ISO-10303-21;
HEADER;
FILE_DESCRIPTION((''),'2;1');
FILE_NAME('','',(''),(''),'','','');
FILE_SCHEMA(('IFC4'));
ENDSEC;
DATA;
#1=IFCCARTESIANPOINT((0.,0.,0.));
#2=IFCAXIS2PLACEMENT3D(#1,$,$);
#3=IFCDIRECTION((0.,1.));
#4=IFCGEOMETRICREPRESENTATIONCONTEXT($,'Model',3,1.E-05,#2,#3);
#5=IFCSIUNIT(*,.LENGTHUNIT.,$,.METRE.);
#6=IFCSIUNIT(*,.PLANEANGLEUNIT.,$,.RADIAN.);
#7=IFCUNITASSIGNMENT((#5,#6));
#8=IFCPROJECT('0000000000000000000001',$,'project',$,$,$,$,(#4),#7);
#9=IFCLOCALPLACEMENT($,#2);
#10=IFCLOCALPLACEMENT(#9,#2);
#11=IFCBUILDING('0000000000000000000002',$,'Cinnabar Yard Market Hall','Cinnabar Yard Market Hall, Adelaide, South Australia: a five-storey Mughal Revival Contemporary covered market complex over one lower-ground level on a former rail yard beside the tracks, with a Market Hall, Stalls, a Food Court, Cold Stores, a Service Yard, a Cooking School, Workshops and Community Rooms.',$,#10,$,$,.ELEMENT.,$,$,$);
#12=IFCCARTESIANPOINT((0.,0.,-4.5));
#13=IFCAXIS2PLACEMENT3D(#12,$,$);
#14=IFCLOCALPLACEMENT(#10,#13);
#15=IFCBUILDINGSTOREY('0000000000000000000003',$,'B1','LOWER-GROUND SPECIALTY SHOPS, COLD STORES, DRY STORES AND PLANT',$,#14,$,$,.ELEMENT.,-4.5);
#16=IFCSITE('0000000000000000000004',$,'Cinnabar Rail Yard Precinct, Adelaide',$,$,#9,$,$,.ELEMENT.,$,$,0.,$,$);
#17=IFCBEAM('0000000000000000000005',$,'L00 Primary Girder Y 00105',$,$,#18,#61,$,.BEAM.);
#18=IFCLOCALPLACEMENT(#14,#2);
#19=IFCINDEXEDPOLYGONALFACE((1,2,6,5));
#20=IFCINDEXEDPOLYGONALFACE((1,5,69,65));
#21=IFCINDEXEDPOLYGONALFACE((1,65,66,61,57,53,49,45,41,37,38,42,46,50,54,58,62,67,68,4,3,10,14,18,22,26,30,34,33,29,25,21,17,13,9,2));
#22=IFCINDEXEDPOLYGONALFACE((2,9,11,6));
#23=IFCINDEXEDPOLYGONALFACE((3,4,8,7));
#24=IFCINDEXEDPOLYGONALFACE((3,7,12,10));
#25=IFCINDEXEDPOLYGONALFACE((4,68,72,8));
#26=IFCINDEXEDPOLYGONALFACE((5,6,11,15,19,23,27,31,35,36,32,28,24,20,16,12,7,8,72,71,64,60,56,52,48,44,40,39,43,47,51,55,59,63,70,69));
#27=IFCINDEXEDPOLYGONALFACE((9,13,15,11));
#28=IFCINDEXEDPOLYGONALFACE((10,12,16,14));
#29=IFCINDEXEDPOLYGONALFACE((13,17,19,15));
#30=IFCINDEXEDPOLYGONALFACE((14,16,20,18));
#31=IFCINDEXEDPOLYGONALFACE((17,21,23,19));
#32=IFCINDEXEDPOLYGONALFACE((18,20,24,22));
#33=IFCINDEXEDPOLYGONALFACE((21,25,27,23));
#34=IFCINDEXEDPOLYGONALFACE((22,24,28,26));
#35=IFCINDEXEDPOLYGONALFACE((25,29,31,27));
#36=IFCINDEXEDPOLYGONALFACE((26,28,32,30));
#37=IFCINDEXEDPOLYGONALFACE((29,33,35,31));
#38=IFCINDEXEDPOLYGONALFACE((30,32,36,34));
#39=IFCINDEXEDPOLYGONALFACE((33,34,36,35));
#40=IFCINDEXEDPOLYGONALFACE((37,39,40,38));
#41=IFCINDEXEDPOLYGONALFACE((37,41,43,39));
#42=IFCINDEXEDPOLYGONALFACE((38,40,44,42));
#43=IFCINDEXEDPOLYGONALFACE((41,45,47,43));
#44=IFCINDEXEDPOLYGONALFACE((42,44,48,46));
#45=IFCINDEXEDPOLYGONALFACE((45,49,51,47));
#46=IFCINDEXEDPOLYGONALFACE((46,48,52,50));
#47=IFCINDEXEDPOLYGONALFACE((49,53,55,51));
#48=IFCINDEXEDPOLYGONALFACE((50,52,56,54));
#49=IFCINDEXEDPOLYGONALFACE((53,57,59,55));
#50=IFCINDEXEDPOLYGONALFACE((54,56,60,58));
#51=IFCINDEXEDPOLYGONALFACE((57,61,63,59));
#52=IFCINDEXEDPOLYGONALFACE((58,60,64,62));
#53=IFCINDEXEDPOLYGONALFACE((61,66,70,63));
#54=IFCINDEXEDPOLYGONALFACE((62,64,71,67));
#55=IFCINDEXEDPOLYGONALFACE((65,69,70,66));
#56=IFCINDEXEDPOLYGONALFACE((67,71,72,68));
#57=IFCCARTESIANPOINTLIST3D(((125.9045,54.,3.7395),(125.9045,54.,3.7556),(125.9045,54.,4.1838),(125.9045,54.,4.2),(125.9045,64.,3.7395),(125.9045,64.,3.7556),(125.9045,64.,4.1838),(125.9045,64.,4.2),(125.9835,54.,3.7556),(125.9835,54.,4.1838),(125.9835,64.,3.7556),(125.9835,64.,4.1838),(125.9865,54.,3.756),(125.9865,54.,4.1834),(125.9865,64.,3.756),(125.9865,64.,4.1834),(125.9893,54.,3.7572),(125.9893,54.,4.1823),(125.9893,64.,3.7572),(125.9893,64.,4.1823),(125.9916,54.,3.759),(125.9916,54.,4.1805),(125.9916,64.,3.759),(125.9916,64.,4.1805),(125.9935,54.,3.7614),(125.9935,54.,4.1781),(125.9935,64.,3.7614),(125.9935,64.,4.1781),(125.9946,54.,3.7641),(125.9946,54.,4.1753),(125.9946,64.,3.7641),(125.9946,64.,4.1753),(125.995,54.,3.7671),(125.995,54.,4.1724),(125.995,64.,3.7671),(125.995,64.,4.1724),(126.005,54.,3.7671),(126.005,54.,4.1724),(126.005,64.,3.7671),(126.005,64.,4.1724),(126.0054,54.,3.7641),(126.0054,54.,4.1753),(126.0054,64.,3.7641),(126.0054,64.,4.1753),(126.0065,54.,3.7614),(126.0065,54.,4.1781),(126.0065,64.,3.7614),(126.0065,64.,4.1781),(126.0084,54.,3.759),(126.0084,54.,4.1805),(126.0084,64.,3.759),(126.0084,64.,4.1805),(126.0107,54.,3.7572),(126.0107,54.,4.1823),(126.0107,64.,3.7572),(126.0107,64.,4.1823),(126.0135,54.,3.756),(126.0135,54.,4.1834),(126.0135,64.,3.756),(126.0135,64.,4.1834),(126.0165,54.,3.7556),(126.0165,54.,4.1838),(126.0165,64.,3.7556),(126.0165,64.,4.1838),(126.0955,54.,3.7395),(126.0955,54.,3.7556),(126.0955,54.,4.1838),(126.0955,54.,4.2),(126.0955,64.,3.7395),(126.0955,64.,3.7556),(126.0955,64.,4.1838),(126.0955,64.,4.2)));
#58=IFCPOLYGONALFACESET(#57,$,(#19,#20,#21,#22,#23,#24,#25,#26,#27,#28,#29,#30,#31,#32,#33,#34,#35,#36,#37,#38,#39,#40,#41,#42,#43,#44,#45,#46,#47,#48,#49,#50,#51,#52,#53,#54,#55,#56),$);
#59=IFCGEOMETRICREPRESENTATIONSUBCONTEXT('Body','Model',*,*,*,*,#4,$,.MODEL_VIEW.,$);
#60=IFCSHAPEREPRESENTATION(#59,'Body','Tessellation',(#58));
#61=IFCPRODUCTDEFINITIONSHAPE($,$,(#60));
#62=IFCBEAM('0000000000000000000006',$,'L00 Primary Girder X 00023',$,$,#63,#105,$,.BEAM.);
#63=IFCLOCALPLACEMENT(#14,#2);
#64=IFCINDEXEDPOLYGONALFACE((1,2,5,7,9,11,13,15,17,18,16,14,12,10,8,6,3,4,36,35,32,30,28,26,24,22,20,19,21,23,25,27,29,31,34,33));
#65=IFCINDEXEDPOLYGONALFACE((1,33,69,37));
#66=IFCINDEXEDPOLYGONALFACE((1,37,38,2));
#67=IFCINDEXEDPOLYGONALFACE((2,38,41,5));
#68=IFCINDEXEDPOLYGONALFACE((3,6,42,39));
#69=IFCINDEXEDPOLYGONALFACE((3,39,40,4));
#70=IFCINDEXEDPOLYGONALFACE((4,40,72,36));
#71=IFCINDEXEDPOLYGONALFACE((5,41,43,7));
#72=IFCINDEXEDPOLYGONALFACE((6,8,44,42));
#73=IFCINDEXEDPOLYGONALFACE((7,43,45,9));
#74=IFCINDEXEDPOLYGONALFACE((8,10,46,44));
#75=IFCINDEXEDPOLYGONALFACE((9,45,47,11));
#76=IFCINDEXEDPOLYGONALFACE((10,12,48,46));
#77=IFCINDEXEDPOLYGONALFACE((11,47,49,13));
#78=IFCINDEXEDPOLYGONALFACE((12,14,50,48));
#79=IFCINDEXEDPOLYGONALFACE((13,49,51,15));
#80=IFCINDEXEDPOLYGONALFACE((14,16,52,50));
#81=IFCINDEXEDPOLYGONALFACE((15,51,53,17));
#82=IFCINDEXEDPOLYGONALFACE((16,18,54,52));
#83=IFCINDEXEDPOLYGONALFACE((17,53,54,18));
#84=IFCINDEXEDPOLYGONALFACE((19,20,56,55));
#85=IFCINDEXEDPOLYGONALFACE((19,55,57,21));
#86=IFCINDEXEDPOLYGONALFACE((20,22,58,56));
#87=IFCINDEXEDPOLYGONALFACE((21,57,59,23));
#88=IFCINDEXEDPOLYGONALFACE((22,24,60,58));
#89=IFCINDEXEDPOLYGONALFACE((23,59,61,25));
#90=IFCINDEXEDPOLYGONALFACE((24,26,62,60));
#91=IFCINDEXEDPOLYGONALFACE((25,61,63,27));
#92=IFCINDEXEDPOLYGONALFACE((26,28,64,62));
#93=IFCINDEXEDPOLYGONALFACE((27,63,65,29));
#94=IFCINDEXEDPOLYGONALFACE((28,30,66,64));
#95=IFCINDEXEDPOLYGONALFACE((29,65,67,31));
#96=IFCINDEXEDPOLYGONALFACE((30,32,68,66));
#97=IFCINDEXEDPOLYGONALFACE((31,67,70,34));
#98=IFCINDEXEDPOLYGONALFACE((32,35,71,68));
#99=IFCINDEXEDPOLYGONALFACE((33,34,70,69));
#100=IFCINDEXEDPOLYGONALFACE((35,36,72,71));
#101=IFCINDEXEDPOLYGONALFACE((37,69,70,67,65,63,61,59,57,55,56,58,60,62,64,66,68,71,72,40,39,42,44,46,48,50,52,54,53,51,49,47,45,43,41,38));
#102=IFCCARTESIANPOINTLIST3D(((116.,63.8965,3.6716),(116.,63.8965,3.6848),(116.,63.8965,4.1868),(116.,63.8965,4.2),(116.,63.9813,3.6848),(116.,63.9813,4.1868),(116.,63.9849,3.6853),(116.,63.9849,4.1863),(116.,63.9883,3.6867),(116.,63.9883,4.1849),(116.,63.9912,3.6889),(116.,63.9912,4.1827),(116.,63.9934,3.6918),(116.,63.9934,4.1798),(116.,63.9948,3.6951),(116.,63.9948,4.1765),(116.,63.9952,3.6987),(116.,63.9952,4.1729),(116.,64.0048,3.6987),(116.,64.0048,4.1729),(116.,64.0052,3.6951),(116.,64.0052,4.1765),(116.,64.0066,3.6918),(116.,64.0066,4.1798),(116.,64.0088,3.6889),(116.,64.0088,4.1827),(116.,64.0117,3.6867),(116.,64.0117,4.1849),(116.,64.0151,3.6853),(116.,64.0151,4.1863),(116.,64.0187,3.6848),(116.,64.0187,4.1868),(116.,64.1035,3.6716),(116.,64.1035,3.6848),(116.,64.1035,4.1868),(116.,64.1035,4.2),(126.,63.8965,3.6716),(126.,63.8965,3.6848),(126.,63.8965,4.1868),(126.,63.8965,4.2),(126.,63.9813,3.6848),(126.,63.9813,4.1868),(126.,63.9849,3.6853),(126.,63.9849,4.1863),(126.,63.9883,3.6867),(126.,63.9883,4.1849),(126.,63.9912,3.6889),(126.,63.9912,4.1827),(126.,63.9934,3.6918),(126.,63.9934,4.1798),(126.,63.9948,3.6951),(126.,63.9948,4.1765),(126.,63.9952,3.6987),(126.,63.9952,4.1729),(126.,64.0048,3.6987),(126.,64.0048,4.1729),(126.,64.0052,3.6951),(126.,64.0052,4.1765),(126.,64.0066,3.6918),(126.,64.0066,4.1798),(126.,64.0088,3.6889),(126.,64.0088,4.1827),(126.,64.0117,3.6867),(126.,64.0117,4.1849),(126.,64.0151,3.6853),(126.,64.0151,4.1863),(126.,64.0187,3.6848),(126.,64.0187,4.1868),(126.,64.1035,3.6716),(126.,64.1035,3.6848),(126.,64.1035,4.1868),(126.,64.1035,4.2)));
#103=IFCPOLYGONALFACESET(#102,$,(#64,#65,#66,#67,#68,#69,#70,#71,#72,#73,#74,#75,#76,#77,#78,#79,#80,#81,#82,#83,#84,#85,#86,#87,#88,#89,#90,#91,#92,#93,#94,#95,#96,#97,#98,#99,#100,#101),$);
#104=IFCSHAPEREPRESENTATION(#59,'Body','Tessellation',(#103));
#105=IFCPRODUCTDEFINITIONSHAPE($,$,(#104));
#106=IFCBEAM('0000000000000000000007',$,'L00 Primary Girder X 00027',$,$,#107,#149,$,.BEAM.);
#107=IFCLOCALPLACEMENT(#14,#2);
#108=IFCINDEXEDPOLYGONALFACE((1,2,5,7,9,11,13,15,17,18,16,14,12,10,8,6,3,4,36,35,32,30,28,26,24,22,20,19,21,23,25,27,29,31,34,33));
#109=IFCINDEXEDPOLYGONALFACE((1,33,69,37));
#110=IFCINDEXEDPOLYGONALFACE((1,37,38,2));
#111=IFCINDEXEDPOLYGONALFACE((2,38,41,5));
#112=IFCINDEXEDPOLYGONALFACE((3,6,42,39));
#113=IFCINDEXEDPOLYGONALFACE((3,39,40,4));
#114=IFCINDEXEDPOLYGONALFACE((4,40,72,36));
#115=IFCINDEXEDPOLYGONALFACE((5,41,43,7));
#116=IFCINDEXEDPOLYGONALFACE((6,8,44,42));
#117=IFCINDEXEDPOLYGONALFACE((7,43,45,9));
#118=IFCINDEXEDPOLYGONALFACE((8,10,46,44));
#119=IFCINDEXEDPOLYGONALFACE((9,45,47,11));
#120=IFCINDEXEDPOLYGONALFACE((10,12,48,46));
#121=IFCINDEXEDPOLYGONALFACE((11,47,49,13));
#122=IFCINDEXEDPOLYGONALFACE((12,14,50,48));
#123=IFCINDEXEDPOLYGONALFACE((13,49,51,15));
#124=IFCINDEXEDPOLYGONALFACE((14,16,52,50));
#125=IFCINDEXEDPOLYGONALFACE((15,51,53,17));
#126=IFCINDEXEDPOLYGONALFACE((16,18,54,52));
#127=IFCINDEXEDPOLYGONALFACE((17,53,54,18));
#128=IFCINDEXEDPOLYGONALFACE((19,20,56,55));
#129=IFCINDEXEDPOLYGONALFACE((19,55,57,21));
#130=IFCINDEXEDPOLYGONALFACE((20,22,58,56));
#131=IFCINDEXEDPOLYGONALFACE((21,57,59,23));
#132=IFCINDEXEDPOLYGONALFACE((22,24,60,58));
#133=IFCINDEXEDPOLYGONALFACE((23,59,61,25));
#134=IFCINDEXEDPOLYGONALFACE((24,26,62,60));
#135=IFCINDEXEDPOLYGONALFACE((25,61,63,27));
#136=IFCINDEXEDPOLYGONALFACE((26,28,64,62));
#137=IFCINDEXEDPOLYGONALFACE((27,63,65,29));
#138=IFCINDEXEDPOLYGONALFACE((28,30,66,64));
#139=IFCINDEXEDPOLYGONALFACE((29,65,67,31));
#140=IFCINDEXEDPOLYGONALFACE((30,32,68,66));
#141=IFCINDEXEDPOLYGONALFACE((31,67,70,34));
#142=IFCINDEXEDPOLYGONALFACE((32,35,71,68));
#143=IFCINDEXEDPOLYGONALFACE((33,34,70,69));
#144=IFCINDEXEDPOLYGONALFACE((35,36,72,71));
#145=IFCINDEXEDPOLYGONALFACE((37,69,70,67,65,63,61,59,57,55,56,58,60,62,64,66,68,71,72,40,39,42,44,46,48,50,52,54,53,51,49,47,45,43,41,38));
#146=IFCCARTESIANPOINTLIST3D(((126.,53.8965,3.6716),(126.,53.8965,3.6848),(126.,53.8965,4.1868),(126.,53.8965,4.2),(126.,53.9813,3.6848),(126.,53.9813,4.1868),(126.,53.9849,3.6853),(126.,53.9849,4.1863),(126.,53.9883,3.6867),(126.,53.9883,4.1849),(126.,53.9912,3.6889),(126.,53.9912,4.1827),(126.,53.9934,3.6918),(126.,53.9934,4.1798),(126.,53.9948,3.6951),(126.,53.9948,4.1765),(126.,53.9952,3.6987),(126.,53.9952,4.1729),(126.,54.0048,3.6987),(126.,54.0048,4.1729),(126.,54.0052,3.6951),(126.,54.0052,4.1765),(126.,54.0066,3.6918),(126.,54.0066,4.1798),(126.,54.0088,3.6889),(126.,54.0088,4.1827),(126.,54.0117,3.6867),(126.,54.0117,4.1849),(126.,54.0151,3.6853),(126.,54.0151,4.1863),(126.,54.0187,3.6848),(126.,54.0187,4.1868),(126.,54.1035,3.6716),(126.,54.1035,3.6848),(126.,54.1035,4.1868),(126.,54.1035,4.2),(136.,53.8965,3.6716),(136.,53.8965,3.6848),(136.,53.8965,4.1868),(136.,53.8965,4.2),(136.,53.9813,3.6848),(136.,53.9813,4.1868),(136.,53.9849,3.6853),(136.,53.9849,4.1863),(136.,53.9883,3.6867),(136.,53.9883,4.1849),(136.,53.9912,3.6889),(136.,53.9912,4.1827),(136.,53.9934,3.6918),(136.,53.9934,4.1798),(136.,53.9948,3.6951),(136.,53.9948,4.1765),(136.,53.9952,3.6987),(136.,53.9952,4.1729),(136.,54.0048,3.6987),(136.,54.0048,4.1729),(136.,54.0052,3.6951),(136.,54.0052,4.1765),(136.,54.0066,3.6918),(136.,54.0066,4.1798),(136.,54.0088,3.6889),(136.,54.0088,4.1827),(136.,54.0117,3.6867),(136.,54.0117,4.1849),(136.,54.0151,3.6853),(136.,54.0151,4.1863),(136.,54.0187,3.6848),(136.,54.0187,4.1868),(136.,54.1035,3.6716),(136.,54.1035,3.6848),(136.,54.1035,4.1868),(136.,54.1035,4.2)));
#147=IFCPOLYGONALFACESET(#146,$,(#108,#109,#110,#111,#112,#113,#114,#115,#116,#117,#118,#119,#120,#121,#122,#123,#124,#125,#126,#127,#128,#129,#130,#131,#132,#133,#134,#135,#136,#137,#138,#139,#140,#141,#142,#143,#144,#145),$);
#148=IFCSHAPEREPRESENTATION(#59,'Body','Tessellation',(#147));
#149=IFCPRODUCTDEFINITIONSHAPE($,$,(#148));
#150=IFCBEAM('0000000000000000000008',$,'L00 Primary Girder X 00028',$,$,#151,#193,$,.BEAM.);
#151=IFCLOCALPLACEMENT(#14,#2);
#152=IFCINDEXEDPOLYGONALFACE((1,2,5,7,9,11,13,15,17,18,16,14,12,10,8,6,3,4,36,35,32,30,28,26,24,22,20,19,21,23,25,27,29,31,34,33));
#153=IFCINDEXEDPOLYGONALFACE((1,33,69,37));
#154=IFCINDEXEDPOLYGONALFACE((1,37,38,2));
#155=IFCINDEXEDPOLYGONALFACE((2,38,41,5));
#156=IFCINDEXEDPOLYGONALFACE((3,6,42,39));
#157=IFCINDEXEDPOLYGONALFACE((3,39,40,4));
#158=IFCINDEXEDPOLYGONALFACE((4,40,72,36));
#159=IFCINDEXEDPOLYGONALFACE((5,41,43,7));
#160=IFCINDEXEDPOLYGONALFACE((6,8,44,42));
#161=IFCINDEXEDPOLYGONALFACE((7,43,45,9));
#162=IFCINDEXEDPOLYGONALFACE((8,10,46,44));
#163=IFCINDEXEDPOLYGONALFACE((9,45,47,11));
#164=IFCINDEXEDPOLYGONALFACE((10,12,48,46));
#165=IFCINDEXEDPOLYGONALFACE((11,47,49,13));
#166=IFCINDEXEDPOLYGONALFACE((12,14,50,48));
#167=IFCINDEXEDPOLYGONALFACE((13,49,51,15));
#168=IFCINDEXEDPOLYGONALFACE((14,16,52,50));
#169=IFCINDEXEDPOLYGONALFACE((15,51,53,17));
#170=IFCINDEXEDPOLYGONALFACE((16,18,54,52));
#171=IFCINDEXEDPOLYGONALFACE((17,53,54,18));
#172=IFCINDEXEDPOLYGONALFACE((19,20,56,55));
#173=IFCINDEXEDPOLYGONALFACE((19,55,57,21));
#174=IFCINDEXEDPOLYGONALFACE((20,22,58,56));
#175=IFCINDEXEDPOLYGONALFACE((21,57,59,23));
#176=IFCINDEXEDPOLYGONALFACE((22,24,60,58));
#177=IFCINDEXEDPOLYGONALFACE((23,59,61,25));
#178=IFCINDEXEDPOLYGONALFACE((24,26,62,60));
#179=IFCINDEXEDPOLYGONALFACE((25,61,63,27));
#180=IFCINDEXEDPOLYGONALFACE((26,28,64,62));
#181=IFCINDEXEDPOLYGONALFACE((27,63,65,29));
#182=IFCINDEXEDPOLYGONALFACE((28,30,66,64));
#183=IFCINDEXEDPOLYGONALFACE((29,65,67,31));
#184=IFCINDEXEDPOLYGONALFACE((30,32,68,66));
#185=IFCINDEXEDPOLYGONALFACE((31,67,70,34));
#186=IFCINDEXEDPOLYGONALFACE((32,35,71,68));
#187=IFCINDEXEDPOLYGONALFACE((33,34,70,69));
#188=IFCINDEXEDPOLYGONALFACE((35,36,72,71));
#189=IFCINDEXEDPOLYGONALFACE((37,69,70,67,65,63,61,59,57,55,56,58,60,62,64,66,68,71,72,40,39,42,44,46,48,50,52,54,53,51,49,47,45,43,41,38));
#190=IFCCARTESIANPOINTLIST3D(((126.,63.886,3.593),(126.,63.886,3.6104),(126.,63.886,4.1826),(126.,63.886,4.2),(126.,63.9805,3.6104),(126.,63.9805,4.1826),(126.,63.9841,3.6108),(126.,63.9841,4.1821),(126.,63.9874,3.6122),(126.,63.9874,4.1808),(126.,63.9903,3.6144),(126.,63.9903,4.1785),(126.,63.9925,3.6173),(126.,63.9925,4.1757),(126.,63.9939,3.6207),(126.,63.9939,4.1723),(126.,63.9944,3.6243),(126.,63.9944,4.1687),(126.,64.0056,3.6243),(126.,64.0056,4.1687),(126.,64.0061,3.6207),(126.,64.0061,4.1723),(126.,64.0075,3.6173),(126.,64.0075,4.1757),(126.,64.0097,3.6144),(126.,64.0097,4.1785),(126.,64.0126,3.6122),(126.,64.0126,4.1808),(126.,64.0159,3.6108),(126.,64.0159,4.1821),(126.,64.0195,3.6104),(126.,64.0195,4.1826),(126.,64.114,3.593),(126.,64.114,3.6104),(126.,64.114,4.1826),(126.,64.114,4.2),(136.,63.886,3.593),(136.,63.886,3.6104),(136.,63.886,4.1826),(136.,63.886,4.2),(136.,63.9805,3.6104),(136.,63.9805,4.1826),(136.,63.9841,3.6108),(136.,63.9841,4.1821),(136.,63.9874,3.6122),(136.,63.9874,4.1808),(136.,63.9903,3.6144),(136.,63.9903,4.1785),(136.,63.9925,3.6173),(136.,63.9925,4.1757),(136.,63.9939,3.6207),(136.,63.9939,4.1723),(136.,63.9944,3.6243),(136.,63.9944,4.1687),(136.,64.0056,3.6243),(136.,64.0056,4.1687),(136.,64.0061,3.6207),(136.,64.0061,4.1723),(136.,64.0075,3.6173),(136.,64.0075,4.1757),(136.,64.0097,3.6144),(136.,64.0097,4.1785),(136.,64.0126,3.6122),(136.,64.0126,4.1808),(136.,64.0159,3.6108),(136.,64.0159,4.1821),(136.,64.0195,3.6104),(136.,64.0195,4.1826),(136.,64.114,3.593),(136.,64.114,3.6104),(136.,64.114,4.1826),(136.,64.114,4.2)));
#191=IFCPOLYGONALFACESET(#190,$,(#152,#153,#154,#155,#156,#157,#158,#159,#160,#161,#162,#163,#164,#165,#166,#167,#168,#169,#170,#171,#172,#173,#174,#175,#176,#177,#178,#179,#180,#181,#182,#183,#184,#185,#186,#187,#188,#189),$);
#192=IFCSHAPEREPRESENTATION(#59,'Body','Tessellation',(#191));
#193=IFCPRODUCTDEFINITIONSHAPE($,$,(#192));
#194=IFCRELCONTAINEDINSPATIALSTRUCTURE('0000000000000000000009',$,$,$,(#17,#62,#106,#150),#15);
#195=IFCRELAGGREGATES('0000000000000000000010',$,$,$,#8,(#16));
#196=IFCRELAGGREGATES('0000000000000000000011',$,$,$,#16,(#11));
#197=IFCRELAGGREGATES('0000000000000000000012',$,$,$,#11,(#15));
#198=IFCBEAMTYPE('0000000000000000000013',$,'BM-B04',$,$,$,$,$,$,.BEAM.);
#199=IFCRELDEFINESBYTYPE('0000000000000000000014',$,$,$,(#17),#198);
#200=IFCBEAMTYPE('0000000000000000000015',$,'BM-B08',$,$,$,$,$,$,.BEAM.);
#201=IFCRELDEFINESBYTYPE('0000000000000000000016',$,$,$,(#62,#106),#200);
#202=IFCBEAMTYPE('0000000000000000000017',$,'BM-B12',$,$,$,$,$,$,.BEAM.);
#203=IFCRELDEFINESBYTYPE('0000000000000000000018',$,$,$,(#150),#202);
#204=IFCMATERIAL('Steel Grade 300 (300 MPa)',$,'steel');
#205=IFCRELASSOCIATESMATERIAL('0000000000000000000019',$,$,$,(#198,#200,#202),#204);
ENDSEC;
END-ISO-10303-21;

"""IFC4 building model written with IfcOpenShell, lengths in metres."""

from ifc_helpers import new_model, si_unit, direction, frame, origin, origin_2d_with_axis, place, context, subcontext, project, spatial, i_section, extrude, material, material_profile, profile_set, type_object, element, save


model = new_model("IFC4")

# Units and contexts
model_context = context("Model", 3, precision=1e-05, world=origin(), true_north=direction((0.0, 1.0)))
body_context = subcontext(model_context, "Body", "Model", "MODEL_VIEW")
ifc_project = project(units=[si_unit("LENGTHUNIT", "METRE"), si_unit("PLANEANGLEUNIT", "RADIAN")], contexts=[model_context])

# Site, building, storey
site_placement = place(None, origin())
site = spatial("IfcSite", under=ifc_project, at=site_placement, Name="Cinnabar Rail Yard Precinct, Adelaide", CompositionType="ELEMENT", RefElevation=0.0)
building_placement = place(site_placement, origin())
building = spatial("IfcBuilding", under=site, at=building_placement, Name="Cinnabar Yard Market Hall", Description="Cinnabar Yard Market Hall, Adelaide, South Australia: a five-storey Mughal Revival Contemporary covered market complex over one lower-ground level on a former rail yard beside the tracks, with a Market Hall, Stalls, a Food Court, Cold Stores, a Service Yard, a Cooking School, Workshops and Community Rooms.", CompositionType="ELEMENT")
storey_placement = place(building_placement, frame((0.0, 0.0, -4.5)))
storey = spatial("IfcBuildingStorey", under=building, at=storey_placement, Name="B1", Description="LOWER-GROUND SPECIALTY SHOPS, COLD STORES, DRY STORES AND PLANT", CompositionType="ELEMENT", Elevation=-4.5)

# Beams
ifc_material_1 = material(Name="Steel Grade 300 (300 MPa)", Category="steel")
ifc_material_profile_1 = material_profile(ifc_material_1, i_section(OverallWidth=0.1909, OverallDepth=0.4604, WebThickness=0.01, FlangeThickness=0.0161, FilletRadius=0.0115, at=origin_2d_with_axis()), Name="460UB82.1")
ifc_profile_set_1 = profile_set([ifc_material_profile_1], Name="Steel Grade 300 (300 MPa)")
beam_type_1 = type_object("IfcBeamType", Name="BM-B04", PredefinedType="BEAM", material=ifc_profile_set_1)
for number, where, z_axis, x_axis, name in (
    (1, (126.0, 54.0, 3.9697), (0.0, 1.0, 0.0), (-1.0, 0.0, 0.0), "L00 Primary Girder Y 00105"),
):
    element("IfcBeam", number, at=place(storey_placement, frame(where, z_axis=z_axis, x_axis=x_axis)), inside=storey, type_object=beam_type_1, Name=name, PredefinedType="BEAM", context=body_context, shape_type="SweptSolid", body=[
        extrude(i_section(OverallWidth=0.1909, OverallDepth=0.4604, WebThickness=0.01, FlangeThickness=0.0161, FilletRadius=0.0115, at=origin_2d_with_axis()), origin(), (0.0, 0.0, 1.0), 10.0),
    ])
ifc_material_profile_2 = material_profile(ifc_material_1, i_section(OverallWidth=0.207, OverallDepth=0.5283, WebThickness=0.0095, FlangeThickness=0.0132, FilletRadius=0.0139, at=origin_2d_with_axis()), Name="530UB82.0")
ifc_profile_set_2 = profile_set([ifc_material_profile_2], Name="Steel Grade 300 (300 MPa)")
beam_type_2 = type_object("IfcBeamType", Name="BM-B08", PredefinedType="BEAM", material=ifc_profile_set_2)
for number, where, z_axis, x_axis, name in (
    (2, (116.0, 64.0, 3.9358), (1.0, 0.0, 0.0), (0.0, 1.0, 0.0), "L00 Primary Girder X 00023"),
    (3, (126.0, 54.0, 3.9358), (1.0, 0.0, 0.0), (0.0, 1.0, 0.0), "L00 Primary Girder X 00027"),
):
    element("IfcBeam", number, at=place(storey_placement, frame(where, z_axis=z_axis, x_axis=x_axis)), inside=storey, type_object=beam_type_2, Name=name, PredefinedType="BEAM", context=body_context, shape_type="SweptSolid", body=[
        extrude(i_section(OverallWidth=0.207, OverallDepth=0.5283, WebThickness=0.0095, FlangeThickness=0.0132, FilletRadius=0.0139, at=origin_2d_with_axis()), origin(), (0.0, 0.0, 1.0), 10.0),
    ])
ifc_material_profile_3 = material_profile(ifc_material_1, i_section(OverallWidth=0.228, OverallDepth=0.6069, WebThickness=0.0112, FlangeThickness=0.0173, FilletRadius=0.0139, at=origin_2d_with_axis()), Name="610UB113")
ifc_profile_set_3 = profile_set([ifc_material_profile_3], Name="Steel Grade 300 (300 MPa)")
beam_type_3 = type_object("IfcBeamType", Name="BM-B12", PredefinedType="BEAM", material=ifc_profile_set_3)
beam_1_placement = place(storey_placement, frame((126.0, 64.0, 3.8965), z_axis=(1.0, 0.0, 0.0), x_axis=(0.0, 1.0, 0.0)))
element("IfcBeam", 4, at=beam_1_placement, inside=storey, type_object=beam_type_3, Name="L00 Primary Girder X 00028", PredefinedType="BEAM", context=body_context, shape_type="SweptSolid", body=[
    extrude(i_section(OverallWidth=0.228, OverallDepth=0.6069, WebThickness=0.0112, FlangeThickness=0.0173, FilletRadius=0.0139, at=origin_2d_with_axis()), origin(), (0.0, 0.0, 1.0), 10.0),
])

save(model, "model.ifc")
